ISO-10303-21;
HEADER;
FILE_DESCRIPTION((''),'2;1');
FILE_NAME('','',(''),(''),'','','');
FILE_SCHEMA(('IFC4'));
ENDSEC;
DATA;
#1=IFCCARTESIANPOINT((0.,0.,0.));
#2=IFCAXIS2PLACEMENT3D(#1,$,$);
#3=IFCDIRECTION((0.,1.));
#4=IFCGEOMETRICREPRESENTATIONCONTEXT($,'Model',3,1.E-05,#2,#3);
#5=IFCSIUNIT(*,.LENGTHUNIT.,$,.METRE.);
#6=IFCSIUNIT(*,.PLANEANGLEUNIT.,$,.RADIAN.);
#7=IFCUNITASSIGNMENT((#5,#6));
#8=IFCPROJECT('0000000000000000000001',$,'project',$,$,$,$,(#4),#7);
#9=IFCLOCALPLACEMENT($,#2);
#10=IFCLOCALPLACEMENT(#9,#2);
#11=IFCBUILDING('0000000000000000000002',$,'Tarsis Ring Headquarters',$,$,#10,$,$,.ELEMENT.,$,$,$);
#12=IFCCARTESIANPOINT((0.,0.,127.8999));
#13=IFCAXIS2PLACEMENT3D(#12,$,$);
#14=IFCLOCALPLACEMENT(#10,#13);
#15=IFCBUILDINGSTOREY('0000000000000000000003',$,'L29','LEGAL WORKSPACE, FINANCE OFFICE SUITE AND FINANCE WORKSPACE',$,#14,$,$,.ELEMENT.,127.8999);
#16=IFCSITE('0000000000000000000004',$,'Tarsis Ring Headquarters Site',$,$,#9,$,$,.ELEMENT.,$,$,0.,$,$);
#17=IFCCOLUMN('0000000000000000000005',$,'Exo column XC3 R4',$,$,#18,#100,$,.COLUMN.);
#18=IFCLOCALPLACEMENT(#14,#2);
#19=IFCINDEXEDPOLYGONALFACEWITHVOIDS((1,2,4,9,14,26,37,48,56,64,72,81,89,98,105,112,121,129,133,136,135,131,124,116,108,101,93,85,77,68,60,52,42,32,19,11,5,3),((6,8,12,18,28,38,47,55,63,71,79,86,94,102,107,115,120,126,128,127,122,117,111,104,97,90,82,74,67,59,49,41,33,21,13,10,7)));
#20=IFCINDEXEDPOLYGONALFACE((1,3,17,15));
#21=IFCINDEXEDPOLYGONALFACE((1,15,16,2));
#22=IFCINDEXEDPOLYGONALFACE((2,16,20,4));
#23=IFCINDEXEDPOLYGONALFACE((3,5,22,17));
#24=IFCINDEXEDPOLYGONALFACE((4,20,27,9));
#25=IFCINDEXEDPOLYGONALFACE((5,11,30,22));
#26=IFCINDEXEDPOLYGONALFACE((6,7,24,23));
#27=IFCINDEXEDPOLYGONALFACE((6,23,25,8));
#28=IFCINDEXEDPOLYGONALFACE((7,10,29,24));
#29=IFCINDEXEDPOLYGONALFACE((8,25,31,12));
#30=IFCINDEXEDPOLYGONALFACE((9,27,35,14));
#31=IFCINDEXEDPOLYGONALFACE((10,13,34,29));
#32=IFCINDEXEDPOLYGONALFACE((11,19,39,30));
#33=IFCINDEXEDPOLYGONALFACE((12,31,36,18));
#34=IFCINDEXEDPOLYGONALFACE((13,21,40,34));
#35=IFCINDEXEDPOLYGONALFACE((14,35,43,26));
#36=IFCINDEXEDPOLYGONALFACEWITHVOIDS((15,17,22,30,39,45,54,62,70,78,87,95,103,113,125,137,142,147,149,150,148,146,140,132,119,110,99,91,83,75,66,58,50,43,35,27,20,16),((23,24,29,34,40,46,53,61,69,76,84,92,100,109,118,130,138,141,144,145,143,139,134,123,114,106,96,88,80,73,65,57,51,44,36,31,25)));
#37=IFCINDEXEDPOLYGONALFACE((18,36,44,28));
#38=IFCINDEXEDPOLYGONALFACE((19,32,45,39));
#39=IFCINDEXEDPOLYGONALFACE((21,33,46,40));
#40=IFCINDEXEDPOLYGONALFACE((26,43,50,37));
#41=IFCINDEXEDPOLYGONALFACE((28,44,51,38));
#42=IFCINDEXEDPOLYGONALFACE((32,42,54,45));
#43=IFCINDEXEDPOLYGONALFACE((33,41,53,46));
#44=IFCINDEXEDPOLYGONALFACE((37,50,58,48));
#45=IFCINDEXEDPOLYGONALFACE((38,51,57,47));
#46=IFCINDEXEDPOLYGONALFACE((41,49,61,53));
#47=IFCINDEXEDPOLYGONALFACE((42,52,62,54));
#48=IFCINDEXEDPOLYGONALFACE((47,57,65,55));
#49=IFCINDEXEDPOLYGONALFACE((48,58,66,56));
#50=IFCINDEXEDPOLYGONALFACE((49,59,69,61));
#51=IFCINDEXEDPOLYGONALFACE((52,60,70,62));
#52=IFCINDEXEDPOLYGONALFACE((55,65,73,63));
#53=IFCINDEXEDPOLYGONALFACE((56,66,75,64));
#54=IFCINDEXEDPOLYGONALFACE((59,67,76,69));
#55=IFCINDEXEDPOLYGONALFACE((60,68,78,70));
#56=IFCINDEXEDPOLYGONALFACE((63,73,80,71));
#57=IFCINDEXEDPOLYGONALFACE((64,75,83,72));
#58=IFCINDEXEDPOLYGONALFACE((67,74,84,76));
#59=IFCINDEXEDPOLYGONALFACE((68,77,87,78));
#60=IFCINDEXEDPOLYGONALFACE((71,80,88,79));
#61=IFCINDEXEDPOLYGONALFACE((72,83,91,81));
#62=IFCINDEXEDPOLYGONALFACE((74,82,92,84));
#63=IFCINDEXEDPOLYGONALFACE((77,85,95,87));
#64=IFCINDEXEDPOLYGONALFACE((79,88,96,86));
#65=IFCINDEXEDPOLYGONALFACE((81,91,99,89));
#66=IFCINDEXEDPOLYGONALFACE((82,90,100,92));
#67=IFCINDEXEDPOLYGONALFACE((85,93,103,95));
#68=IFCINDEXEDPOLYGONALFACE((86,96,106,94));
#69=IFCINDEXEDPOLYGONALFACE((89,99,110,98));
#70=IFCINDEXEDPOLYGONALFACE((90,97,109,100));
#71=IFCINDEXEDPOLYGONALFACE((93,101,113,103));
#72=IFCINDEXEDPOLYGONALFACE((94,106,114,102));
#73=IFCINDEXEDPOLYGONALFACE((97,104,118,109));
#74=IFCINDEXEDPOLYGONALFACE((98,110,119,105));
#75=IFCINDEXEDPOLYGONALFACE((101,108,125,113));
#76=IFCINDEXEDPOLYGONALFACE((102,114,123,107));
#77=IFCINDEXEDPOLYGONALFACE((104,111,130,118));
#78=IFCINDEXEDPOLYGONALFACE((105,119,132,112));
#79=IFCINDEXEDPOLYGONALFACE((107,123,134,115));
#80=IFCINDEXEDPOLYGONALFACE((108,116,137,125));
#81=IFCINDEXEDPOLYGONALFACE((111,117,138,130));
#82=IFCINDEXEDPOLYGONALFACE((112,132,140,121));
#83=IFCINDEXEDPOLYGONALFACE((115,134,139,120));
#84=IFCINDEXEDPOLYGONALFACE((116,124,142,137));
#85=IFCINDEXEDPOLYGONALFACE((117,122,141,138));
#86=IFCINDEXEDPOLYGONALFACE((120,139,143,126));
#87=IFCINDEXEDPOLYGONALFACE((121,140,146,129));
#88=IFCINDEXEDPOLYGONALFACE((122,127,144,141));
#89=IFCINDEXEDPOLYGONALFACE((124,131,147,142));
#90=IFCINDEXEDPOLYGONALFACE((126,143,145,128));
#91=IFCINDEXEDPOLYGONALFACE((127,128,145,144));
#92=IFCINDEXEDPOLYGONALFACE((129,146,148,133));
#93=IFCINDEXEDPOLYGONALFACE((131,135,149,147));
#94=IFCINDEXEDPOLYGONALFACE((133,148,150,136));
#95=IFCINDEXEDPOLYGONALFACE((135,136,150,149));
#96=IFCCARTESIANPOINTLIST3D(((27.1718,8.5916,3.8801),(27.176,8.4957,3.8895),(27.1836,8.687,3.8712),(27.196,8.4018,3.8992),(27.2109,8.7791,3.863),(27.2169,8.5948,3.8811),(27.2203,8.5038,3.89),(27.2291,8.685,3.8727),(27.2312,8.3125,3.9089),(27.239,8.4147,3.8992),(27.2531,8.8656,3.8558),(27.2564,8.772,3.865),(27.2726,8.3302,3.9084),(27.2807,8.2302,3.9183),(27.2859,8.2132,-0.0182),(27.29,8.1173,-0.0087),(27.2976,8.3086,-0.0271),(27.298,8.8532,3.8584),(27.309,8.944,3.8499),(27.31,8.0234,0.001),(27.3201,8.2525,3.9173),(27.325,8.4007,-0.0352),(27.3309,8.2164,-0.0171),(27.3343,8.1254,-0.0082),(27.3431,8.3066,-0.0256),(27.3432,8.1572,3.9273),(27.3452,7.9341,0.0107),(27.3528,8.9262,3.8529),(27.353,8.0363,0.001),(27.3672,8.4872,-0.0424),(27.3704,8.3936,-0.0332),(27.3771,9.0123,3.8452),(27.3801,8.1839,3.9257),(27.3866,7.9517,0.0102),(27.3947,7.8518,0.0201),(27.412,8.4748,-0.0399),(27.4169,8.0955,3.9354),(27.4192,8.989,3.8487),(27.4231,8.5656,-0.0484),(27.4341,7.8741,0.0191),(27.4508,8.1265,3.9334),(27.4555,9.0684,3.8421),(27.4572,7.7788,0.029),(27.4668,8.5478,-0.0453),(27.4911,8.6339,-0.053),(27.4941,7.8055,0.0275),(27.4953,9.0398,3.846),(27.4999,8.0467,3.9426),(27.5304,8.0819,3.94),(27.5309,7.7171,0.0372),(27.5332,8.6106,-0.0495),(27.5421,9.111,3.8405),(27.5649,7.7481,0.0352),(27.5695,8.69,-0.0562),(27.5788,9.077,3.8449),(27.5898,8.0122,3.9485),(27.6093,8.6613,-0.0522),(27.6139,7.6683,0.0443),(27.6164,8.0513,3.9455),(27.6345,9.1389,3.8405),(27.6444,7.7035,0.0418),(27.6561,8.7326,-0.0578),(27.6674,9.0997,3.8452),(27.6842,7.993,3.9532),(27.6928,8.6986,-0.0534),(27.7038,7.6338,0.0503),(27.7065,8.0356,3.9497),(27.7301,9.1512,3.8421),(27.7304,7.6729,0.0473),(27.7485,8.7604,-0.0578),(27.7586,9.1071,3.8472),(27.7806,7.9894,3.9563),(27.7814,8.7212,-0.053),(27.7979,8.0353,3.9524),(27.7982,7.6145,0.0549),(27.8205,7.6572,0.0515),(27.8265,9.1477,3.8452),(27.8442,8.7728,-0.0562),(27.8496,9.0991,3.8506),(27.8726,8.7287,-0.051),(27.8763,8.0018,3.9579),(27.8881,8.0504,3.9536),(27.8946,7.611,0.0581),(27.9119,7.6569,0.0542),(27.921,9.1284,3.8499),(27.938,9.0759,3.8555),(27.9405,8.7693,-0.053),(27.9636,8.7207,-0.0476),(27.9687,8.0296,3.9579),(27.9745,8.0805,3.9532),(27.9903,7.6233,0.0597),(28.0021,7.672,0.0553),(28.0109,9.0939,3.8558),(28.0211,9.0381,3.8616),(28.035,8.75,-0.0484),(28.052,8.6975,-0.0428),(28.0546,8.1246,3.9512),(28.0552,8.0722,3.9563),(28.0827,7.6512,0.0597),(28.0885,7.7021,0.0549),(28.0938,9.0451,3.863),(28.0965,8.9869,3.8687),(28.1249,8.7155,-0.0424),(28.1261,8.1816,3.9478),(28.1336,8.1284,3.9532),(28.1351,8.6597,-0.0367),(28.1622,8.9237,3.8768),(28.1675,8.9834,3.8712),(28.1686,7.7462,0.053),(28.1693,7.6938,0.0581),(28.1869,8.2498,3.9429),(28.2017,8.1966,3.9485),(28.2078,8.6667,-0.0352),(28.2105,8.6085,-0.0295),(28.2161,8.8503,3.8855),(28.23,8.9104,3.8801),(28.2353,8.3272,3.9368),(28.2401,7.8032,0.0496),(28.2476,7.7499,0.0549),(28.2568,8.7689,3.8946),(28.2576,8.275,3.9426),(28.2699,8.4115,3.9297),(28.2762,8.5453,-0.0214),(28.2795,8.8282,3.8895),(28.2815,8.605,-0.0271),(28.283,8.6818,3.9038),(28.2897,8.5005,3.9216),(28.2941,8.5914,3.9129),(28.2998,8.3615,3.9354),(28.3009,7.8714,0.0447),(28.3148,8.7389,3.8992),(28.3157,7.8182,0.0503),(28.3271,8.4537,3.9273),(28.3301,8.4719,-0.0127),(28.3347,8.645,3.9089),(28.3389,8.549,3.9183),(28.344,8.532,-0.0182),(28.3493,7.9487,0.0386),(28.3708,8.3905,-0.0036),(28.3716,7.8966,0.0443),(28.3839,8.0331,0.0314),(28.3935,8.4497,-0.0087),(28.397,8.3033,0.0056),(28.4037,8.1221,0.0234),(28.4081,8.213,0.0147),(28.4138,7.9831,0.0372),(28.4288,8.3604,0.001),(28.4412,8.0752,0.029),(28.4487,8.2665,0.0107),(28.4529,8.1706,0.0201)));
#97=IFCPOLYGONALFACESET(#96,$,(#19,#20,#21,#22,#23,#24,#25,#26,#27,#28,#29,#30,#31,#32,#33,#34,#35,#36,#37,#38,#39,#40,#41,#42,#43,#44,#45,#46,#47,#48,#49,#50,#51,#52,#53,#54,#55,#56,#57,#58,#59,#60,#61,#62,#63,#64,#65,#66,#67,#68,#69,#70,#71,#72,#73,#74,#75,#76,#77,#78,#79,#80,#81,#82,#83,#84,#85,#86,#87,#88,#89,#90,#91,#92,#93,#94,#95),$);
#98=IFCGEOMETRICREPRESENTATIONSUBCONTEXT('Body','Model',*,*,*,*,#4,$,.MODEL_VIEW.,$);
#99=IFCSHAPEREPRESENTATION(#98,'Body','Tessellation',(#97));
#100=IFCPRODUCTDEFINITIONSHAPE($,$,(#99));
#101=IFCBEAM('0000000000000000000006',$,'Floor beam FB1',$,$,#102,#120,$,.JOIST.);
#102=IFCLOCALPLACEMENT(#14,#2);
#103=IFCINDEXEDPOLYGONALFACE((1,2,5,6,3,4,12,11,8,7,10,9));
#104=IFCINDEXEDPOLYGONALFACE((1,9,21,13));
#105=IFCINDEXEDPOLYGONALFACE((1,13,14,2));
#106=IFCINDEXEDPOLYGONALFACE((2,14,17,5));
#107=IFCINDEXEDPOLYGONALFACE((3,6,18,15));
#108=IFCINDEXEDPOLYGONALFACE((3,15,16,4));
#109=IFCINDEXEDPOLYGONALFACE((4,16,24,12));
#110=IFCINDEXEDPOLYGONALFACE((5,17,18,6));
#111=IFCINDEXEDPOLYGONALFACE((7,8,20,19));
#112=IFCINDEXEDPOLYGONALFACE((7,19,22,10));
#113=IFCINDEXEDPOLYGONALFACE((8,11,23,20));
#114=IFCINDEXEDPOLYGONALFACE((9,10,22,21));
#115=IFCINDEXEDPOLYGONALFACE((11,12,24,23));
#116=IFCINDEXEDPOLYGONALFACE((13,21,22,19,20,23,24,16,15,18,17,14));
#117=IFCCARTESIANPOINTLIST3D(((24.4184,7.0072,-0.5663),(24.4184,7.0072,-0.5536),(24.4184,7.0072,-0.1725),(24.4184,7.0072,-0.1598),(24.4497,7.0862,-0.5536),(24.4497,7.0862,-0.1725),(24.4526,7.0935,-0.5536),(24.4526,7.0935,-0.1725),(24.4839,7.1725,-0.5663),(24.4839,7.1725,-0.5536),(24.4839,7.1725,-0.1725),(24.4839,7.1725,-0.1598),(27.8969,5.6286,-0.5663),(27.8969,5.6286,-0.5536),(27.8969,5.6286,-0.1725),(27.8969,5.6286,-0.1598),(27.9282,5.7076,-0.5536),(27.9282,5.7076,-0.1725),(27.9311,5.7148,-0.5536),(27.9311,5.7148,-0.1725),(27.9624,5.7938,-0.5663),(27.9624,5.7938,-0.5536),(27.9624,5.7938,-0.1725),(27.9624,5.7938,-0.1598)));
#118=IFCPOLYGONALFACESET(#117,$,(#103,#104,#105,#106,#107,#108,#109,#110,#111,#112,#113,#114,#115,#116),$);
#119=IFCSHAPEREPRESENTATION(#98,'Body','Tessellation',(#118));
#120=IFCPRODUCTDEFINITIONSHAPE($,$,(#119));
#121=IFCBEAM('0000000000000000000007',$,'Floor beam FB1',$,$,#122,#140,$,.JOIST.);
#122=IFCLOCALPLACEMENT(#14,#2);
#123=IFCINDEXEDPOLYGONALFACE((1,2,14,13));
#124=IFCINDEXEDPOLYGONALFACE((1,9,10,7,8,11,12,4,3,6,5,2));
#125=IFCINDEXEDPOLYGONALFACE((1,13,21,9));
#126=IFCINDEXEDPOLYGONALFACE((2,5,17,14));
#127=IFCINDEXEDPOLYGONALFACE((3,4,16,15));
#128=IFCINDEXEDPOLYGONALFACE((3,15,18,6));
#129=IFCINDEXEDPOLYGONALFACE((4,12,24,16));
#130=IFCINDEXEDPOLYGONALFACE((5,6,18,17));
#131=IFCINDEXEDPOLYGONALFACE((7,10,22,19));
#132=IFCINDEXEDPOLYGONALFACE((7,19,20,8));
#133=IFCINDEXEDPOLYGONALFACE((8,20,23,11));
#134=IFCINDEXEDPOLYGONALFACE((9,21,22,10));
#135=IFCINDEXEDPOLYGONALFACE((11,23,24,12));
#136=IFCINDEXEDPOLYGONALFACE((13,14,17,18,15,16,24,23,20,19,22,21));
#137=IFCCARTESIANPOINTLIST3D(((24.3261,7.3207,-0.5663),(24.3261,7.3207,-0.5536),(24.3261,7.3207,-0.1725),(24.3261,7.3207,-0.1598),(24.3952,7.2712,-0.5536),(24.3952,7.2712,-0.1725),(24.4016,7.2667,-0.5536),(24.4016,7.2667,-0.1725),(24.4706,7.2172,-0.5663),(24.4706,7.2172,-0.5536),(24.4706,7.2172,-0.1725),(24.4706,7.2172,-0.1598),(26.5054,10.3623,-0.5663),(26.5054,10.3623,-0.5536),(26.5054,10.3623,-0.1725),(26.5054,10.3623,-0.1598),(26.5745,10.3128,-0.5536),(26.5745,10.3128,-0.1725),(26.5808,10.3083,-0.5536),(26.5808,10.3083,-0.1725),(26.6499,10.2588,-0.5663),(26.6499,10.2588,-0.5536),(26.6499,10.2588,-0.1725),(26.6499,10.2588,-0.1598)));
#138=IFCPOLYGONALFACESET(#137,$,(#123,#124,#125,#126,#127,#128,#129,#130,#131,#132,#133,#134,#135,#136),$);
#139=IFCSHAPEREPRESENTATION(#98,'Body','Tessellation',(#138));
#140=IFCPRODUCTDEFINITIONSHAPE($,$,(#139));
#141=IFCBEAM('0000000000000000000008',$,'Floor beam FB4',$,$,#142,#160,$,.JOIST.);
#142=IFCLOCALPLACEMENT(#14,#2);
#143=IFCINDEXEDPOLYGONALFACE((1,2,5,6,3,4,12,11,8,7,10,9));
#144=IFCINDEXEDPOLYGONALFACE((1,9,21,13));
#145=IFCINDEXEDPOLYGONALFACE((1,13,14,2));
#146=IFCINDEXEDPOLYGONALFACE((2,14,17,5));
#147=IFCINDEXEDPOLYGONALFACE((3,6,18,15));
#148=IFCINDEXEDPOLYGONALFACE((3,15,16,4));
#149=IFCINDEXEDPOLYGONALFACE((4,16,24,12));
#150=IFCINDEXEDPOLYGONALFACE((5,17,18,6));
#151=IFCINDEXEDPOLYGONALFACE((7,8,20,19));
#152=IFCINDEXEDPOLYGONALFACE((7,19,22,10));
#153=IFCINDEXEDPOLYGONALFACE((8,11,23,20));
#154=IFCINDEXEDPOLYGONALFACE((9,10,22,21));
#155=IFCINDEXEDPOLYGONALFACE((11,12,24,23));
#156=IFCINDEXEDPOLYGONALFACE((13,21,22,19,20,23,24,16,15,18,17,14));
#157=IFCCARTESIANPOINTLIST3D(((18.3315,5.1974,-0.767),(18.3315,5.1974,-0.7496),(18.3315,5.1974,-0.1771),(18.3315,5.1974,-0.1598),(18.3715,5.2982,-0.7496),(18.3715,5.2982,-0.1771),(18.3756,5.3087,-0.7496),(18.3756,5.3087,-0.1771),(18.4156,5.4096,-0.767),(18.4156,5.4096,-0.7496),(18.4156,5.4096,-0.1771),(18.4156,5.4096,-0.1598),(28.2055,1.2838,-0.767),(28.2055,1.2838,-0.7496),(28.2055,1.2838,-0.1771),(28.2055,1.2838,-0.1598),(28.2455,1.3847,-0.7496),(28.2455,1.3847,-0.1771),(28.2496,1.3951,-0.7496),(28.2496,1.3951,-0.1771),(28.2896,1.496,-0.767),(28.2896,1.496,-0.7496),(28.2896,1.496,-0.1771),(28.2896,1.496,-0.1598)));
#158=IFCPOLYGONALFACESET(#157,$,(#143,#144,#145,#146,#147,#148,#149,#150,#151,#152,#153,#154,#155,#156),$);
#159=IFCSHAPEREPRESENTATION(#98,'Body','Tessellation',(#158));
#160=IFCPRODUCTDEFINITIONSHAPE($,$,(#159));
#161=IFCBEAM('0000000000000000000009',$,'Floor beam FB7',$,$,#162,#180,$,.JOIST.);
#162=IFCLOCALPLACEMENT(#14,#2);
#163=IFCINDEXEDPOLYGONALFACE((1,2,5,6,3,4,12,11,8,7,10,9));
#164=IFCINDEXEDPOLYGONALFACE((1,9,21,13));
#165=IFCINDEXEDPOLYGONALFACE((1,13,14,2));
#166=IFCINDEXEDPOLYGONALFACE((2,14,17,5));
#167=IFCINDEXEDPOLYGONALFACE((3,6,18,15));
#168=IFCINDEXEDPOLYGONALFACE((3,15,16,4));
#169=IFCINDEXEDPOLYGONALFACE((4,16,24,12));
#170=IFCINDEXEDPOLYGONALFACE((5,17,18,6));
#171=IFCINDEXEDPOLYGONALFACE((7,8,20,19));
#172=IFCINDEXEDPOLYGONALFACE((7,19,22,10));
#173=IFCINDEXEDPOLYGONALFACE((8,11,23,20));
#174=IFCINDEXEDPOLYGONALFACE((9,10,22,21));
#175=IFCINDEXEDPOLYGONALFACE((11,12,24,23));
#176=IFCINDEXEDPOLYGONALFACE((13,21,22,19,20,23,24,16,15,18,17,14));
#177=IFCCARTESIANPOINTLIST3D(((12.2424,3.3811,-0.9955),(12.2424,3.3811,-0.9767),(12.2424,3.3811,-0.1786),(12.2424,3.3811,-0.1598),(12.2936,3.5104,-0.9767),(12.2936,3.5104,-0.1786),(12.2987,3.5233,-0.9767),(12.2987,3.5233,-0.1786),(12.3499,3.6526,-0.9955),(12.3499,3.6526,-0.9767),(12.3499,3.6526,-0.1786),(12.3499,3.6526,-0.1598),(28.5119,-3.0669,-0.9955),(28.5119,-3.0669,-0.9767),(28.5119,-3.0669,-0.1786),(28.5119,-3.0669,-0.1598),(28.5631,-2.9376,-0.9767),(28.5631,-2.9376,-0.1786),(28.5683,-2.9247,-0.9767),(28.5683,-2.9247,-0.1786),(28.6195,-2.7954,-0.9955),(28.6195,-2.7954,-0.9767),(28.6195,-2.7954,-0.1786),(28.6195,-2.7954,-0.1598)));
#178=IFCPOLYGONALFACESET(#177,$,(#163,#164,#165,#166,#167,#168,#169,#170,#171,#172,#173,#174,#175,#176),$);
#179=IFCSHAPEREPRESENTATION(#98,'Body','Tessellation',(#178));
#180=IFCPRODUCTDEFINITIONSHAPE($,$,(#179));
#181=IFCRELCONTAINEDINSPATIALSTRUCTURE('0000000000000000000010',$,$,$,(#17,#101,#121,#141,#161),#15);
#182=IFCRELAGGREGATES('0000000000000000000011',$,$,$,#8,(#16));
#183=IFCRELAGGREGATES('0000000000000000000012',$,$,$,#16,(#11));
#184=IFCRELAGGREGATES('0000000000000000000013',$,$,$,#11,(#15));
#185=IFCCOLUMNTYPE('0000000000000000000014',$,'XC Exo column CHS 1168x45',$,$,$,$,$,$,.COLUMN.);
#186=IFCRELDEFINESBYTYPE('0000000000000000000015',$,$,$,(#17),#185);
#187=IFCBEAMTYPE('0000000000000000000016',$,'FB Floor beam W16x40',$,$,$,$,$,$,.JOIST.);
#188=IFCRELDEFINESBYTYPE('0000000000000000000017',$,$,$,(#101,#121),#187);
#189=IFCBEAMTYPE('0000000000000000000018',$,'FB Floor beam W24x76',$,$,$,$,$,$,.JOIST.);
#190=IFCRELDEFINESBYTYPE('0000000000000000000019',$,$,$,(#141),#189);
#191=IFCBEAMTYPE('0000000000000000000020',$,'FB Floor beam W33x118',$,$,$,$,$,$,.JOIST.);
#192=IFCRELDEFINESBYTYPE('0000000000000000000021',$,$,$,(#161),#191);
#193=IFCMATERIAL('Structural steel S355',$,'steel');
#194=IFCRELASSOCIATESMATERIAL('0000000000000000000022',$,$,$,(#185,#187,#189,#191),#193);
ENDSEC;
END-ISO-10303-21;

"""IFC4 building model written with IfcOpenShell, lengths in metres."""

from ifc_helpers import new_model, si_unit, direction, frame, origin, origin_2d, place, context, subcontext, project, spatial, hollow_circle, i_section, extrude, material, material_profile, profile_set, type_object, element, save


model = new_model("IFC4")

# Units and contexts
model_context = context("Model", 3, precision=1e-05, world=origin(), true_north=direction((0.0, 1.0)))
body_context = subcontext(model_context, "Body", "Model", "MODEL_VIEW")
ifc_project = project(units=[si_unit("LENGTHUNIT", "METRE"), si_unit("PLANEANGLEUNIT", "RADIAN")], contexts=[model_context])

# Site, building, storey
site_placement = place(None, origin())
site = spatial("IfcSite", under=ifc_project, at=site_placement, Name="Tarsis Ring Headquarters Site", CompositionType="ELEMENT", RefElevation=0.0)
building_placement = place(site_placement, origin())
building = spatial("IfcBuilding", under=site, at=building_placement, Name="Tarsis Ring Headquarters", CompositionType="ELEMENT")
storey_placement = place(building_placement, frame((0.0, 0.0, 127.8999)))
storey = spatial("IfcBuildingStorey", under=building, at=storey_placement, Name="L29", Description="LEGAL WORKSPACE, FINANCE OFFICE SUITE AND FINANCE WORKSPACE", CompositionType="ELEMENT", Elevation=127.8999)

# Column
ifc_material_1 = material(Name="Structural steel S355", Category="steel")
ifc_material_profile_1 = material_profile(ifc_material_1, hollow_circle(Radius=0.5842, WallThickness=0.0449, at=origin_2d()), Name="CHS 1168x45")
ifc_profile_set_1 = profile_set([ifc_material_profile_1], Name="Structural steel S355")
column_type = type_object("IfcColumnType", Name="XC Exo column CHS 1168x45", PredefinedType="COLUMN", material=ifc_profile_set_1)
column_placement = place(storey_placement, frame((27.8694, 8.1919, 0.001), z_axis=(-0.029099, 0.09658, 0.9949), x_axis=(-0.957486, -0.288481, 0.0)))
element("IfcColumn", 1, at=column_placement, inside=storey, type_object=column_type, Name="Exo column XC3 R4", PredefinedType="COLUMN", context=body_context, shape_type="SweptSolid", body=[
    extrude(hollow_circle(Radius=0.5842, WallThickness=0.0449, at=origin_2d()), origin(), (0.0, 0.0, 1.0), 3.9182),
])

# Beams
ifc_material_profile_2 = material_profile(ifc_material_1, i_section(OverallWidth=0.1777, OverallDepth=0.4065, WebThickness=0.0078, FlangeThickness=0.0127, at=origin_2d()), Name="W16x40")
ifc_profile_set_2 = profile_set([ifc_material_profile_2], Name="Structural steel S355")
beam_type_1 = type_object("IfcBeamType", Name="FB Floor beam W16x40", PredefinedType="JOIST", material=ifc_profile_set_2)
for number, where, z_axis, x_axis, name in (
    (2, (24.4512, 7.0898, -0.363), (0.929647, -0.368453, 0.0), (0.368453, 0.929647, 0.0), "Floor beam FB1"),
    (3, (26.5776, 10.3105, -0.363), (-0.582423, -0.812886, 0.0), (0.812886, -0.582423, 0.0), "Floor beam FB1"),
):
    element("IfcBeam", number, at=place(storey_placement, frame(where, z_axis=z_axis, x_axis=x_axis)), inside=storey, type_object=beam_type_1, Name=name, PredefinedType="JOIST", context=body_context, shape_type="SweptSolid", body=[
        extrude(i_section(OverallWidth=0.1777, OverallDepth=0.4065, WebThickness=0.0078, FlangeThickness=0.0127, at=origin_2d()), origin(), (0.0, 0.0, 1.0), 3.7417),
    ])
ifc_material_profile_3 = material_profile(ifc_material_1, i_section(OverallWidth=0.2283, OverallDepth=0.6072, WebThickness=0.0112, FlangeThickness=0.0173, at=origin_2d()), Name="W24x76")
ifc_profile_set_3 = profile_set([ifc_material_profile_3], Name="Structural steel S355")
beam_type_2 = type_object("IfcBeamType", Name="FB Floor beam W24x76", PredefinedType="JOIST", material=ifc_profile_set_3)
beam_1_placement = place(storey_placement, frame((18.3735, 5.3035, -0.4634), z_axis=(0.929642, -0.368464, 0.0), x_axis=(0.368464, 0.929642, 0.0)))
element("IfcBeam", 4, at=beam_1_placement, inside=storey, type_object=beam_type_2, Name="Floor beam FB4", PredefinedType="JOIST", context=body_context, shape_type="SweptSolid", body=[
    extrude(i_section(OverallWidth=0.2283, OverallDepth=0.6072, WebThickness=0.0112, FlangeThickness=0.0173, at=origin_2d()), origin(), (0.0, 0.0, 1.0), 10.6213),
])
ifc_material_profile_4 = material_profile(ifc_material_1, i_section(OverallWidth=0.292, OverallDepth=0.8357, WebThickness=0.0139, FlangeThickness=0.0188, at=origin_2d()), Name="W33x118")
ifc_profile_set_4 = profile_set([ifc_material_profile_4], Name="Structural steel S355")
beam_type_3 = type_object("IfcBeamType", Name="FB Floor beam W33x118", PredefinedType="JOIST", material=ifc_profile_set_4)
beam_2_placement = place(storey_placement, frame((12.2961, 3.5168, -0.5776), z_axis=(0.929651, -0.368442, 0.0), x_axis=(0.368442, 0.929651, 0.0)))
element("IfcBeam", 5, at=beam_2_placement, inside=storey, type_object=beam_type_3, Name="Floor beam FB7", PredefinedType="JOIST", context=body_context, shape_type="SweptSolid", body=[
    extrude(i_section(OverallWidth=0.292, OverallDepth=0.8357, WebThickness=0.0139, FlangeThickness=0.0188, at=origin_2d()), origin(), (0.0, 0.0, 1.0), 17.5007),
])

save(model, "model.ifc")
